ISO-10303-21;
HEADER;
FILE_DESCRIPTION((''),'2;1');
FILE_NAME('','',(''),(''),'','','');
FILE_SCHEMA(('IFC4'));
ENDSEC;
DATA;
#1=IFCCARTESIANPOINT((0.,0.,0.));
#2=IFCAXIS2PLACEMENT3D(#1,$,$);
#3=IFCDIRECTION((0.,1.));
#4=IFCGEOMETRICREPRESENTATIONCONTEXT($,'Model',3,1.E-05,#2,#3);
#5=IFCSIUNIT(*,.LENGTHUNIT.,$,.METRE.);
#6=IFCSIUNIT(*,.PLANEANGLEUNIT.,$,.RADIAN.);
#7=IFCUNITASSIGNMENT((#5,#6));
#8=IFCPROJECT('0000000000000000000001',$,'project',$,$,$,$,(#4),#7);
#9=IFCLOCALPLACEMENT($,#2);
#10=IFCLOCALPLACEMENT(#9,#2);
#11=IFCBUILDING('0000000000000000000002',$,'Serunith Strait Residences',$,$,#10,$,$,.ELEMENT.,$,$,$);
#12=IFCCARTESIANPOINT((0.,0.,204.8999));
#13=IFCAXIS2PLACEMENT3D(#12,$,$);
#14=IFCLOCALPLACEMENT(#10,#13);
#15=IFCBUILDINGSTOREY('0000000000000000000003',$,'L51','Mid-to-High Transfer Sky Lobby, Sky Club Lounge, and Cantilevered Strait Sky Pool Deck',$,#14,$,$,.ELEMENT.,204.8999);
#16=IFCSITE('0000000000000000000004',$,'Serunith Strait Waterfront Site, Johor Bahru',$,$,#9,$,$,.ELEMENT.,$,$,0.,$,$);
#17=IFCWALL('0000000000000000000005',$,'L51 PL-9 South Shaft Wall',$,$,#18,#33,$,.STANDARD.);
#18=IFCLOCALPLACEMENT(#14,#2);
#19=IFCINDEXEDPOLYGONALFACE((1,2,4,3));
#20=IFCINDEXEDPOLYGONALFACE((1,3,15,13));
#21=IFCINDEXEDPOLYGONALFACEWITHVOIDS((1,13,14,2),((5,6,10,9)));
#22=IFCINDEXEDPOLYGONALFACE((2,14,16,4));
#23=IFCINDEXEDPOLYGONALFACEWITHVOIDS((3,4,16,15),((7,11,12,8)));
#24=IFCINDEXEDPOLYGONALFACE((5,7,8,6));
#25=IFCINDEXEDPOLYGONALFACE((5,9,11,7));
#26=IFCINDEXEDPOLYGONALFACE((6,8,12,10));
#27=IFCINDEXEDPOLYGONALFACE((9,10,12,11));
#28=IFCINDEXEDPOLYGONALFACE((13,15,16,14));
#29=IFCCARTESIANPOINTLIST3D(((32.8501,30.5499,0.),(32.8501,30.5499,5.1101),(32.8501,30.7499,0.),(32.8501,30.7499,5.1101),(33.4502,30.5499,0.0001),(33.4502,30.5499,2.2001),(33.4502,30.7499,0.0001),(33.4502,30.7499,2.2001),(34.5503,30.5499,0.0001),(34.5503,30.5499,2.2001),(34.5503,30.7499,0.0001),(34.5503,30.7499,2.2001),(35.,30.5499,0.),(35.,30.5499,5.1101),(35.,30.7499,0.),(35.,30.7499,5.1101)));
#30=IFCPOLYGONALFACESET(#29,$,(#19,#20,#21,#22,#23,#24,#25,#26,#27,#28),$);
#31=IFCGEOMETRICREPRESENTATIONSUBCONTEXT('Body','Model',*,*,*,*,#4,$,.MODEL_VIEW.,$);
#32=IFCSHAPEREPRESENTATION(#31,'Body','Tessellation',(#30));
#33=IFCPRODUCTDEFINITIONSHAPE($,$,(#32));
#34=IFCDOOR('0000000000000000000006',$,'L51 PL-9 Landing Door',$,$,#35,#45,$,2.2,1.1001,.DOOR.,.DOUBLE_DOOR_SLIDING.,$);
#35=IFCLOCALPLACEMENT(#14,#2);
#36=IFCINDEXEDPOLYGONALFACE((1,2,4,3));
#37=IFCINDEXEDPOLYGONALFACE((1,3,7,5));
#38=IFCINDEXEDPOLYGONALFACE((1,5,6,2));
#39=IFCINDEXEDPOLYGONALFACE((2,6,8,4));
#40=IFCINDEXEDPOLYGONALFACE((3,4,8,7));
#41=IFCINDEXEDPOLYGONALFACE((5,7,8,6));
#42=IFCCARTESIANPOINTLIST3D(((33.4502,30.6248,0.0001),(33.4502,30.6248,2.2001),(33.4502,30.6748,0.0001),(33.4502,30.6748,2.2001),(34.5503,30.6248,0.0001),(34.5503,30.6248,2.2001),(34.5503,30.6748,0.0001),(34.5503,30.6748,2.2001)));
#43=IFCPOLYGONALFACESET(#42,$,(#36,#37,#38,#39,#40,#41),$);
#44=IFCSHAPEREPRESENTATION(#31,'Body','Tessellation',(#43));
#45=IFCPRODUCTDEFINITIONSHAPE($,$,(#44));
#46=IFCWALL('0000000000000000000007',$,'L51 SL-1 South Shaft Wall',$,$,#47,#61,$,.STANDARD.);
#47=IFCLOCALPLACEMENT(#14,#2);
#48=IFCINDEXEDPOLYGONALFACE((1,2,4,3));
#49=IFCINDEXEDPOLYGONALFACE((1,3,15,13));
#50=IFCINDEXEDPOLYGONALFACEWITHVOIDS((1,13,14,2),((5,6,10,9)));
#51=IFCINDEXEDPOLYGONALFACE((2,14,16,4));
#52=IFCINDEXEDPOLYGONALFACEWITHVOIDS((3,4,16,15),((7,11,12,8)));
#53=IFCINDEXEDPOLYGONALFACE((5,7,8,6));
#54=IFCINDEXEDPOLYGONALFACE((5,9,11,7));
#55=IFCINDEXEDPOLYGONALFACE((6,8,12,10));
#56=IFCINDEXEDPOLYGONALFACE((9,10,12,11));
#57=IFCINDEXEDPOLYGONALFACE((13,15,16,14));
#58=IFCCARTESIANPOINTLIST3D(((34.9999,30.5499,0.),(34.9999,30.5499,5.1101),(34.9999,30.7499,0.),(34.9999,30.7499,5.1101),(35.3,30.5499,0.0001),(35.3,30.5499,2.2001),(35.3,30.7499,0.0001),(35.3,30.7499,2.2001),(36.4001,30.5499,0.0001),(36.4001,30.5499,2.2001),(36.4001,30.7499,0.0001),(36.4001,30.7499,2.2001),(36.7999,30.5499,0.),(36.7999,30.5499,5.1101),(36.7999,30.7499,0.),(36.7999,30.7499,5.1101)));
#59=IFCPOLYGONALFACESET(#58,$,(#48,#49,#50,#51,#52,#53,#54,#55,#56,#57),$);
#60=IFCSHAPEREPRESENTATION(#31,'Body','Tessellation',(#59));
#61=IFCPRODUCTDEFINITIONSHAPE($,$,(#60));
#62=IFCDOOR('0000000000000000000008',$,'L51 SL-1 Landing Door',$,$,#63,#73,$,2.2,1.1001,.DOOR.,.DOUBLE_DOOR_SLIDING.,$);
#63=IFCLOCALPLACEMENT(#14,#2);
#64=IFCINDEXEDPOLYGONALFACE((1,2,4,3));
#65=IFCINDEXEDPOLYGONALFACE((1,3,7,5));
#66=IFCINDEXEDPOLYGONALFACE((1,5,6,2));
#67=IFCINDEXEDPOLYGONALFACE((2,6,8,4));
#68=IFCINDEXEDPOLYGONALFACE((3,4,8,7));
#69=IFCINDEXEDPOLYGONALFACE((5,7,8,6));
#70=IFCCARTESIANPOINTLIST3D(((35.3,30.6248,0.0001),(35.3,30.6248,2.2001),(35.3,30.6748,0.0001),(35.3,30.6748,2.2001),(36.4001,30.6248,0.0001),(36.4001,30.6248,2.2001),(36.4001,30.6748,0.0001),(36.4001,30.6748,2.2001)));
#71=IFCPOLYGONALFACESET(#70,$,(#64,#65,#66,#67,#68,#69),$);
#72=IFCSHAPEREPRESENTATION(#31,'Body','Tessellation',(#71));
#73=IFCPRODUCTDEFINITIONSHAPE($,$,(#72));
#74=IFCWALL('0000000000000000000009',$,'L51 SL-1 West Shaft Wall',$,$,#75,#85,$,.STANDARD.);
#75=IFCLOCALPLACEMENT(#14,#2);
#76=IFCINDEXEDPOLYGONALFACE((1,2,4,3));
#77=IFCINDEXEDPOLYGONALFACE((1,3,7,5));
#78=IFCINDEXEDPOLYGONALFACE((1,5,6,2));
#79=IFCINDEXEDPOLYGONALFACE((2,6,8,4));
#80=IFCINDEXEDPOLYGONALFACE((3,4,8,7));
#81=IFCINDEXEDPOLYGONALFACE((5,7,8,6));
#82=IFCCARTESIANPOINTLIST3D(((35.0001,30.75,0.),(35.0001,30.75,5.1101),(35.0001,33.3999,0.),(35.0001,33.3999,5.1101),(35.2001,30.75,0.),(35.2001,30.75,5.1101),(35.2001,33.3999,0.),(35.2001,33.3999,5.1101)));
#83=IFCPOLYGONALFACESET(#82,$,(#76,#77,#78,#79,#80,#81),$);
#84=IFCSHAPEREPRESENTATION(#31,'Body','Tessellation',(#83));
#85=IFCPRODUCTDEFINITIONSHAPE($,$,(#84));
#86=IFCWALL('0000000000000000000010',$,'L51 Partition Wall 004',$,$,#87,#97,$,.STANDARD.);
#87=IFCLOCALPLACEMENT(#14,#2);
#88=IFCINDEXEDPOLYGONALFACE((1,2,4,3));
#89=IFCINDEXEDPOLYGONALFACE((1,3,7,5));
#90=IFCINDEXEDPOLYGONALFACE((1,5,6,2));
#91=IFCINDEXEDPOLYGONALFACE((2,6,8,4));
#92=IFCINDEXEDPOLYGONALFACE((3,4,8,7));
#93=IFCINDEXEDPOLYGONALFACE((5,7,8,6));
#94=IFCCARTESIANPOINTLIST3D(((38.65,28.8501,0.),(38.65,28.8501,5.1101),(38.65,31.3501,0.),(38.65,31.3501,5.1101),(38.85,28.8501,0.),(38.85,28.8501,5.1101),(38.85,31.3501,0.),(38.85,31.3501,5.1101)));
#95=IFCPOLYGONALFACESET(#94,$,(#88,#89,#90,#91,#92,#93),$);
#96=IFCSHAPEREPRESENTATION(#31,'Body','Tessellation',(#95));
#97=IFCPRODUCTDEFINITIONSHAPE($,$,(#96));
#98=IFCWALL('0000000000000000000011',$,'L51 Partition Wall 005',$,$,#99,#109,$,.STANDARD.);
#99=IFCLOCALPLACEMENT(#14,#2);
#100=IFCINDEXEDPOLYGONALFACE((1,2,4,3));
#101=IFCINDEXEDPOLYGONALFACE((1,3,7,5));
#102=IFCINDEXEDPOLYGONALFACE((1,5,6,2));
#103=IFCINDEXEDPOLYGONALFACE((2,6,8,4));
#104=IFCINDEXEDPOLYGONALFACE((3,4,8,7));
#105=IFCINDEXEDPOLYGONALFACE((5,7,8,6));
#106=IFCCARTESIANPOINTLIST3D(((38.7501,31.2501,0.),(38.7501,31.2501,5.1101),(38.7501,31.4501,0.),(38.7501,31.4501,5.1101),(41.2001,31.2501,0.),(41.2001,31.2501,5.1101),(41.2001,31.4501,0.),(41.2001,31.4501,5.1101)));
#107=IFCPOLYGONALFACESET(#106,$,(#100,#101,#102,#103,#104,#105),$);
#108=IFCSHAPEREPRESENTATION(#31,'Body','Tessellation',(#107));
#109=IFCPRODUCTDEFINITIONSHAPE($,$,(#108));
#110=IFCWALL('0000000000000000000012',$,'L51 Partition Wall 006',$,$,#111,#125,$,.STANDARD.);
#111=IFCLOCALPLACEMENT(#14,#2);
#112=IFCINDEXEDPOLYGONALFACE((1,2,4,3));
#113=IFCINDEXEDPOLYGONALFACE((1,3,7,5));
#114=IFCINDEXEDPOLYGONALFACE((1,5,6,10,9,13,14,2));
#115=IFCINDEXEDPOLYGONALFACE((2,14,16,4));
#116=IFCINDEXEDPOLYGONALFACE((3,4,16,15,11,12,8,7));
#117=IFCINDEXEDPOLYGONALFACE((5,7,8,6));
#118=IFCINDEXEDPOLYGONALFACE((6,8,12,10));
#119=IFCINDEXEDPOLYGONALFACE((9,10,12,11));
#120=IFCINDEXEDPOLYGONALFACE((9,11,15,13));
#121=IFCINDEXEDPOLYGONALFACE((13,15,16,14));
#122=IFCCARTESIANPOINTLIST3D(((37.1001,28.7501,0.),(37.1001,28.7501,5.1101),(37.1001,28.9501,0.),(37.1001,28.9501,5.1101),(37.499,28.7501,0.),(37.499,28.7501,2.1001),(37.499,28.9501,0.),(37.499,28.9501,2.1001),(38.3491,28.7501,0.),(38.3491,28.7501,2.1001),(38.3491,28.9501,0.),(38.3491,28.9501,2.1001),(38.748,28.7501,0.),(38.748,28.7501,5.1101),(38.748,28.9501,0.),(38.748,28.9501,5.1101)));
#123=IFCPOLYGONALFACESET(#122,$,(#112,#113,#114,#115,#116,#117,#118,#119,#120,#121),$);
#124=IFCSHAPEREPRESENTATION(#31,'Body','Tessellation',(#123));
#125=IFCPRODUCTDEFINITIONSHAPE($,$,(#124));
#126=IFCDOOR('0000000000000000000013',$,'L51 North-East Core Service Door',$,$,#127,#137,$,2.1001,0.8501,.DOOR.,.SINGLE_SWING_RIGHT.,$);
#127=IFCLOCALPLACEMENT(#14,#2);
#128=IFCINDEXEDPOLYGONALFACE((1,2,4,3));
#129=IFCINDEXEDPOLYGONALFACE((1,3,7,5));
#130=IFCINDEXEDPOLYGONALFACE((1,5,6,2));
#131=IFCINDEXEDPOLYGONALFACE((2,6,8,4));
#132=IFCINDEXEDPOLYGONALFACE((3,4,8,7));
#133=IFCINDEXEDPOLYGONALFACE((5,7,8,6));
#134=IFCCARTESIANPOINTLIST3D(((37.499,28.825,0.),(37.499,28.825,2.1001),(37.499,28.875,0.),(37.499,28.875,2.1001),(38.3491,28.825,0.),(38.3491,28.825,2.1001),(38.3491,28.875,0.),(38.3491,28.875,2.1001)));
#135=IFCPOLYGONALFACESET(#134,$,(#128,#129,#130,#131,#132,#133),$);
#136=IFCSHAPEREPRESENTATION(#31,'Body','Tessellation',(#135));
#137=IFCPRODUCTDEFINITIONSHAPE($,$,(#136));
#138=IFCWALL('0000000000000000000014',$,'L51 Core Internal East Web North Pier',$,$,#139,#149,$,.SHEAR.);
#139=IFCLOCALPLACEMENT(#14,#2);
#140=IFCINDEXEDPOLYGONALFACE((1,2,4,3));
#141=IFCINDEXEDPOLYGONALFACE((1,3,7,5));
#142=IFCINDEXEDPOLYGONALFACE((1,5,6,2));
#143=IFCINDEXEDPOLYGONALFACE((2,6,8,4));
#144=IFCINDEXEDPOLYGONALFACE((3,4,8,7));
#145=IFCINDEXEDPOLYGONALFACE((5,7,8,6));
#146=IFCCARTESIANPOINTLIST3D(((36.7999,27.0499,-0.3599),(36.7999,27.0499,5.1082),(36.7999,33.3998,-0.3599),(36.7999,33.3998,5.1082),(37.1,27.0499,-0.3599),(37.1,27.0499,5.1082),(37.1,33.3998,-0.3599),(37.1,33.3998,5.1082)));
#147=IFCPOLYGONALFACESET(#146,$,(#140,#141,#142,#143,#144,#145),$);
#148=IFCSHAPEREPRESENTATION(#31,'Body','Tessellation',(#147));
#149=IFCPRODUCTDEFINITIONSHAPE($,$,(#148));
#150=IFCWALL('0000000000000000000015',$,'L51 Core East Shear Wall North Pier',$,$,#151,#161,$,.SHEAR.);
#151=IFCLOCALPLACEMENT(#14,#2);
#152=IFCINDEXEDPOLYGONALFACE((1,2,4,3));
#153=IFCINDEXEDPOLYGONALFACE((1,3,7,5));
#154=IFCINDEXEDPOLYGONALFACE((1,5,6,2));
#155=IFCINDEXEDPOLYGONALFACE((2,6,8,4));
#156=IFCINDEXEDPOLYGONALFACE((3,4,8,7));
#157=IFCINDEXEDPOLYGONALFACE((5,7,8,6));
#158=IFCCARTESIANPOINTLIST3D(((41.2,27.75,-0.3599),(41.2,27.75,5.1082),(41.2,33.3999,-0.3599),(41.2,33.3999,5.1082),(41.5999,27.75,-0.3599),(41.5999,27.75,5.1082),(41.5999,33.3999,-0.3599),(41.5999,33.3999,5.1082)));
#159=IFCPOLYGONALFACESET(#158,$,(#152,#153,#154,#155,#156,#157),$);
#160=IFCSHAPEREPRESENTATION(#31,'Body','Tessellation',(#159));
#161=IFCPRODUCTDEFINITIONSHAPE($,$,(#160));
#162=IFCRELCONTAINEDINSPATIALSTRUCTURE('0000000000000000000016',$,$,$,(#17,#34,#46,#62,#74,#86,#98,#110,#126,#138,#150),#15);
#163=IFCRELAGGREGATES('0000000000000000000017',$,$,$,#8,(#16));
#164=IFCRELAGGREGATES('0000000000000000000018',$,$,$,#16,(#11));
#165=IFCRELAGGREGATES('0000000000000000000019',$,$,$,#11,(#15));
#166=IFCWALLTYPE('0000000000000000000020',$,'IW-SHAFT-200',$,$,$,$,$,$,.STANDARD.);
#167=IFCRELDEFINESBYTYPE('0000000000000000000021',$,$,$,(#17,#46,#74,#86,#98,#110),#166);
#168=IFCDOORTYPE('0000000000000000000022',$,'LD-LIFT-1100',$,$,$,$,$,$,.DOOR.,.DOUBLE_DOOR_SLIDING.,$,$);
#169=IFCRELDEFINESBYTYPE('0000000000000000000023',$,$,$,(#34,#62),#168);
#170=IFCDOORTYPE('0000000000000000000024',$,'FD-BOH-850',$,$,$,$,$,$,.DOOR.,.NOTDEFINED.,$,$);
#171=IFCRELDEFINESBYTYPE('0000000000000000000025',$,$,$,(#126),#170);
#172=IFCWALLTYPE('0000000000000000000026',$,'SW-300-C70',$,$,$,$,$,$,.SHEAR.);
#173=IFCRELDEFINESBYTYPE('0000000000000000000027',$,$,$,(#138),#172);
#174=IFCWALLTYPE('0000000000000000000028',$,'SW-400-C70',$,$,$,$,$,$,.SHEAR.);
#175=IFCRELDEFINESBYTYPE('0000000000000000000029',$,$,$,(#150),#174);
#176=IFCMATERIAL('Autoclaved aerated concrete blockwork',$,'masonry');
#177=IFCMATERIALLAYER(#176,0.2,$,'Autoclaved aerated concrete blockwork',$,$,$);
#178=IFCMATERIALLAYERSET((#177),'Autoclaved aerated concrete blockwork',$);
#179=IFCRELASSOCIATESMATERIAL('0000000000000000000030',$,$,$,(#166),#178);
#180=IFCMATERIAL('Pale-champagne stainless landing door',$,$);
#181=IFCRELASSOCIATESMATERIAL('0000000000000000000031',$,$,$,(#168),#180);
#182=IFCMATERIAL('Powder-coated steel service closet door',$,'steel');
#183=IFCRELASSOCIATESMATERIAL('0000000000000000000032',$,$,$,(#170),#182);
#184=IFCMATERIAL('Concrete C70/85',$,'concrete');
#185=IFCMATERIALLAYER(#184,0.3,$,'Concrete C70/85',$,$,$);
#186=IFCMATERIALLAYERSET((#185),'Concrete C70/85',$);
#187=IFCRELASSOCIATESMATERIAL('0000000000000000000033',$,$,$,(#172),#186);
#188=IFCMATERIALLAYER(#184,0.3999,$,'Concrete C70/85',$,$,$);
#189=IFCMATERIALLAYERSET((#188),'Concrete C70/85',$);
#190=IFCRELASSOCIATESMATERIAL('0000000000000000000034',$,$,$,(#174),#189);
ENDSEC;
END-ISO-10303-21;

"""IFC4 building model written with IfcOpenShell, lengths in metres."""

from ifc_helpers import new_model, si_unit, direction, frame, frame_2d, origin, place, context, subcontext, project, spatial, rectangle, extrude, source, transform, mapped, material, layer, layer_set, type_object, element, fill, save


model = new_model("IFC4")

# Units and contexts
model_context = context("Model", 3, precision=1e-05, world=origin(), true_north=direction((0.0, 1.0)))
body_context = subcontext(model_context, "Body", "Model", "MODEL_VIEW")
ifc_project = project(units=[si_unit("LENGTHUNIT", "METRE"), si_unit("PLANEANGLEUNIT", "RADIAN")], contexts=[model_context])

# Site, building, storey
site_placement = place(None, origin())
site = spatial("IfcSite", under=ifc_project, at=site_placement, Name="Serunith Strait Waterfront Site, Johor Bahru", CompositionType="ELEMENT", RefElevation=0.0)
building_placement = place(site_placement, origin())
building = spatial("IfcBuilding", under=site, at=building_placement, Name="Serunith Strait Residences", CompositionType="ELEMENT")
storey_placement = place(building_placement, frame((0.0, 0.0, 204.8999)))
storey = spatial("IfcBuildingStorey", under=building, at=storey_placement, Name="L51", Description="Mid-to-High Transfer Sky Lobby, Sky Club Lounge, and Cantilevered Strait Sky Pool Deck", CompositionType="ELEMENT", Elevation=204.8999)

# Shared definitions
ifc_material_1 = material(Name="Autoclaved aerated concrete blockwork", Category="masonry")
ifc_layer_1 = layer(ifc_material_1, 0.2, Name="Autoclaved aerated concrete blockwork")
ifc_layer_set_1 = layer_set([ifc_layer_1], Name="Autoclaved aerated concrete blockwork")
wall_type_1 = type_object("IfcWallType", Name="IW-SHAFT-200", PredefinedType="STANDARD", material=ifc_layer_set_1)
ifc_material_2 = material(Name="Pale-champagne stainless landing door")
door_type_1 = type_object("IfcDoorType", Name="LD-LIFT-1100", OperationType="DOUBLE_DOOR_SLIDING", PredefinedType="DOOR", material=ifc_material_2)
shared_shape_1 = source(origin(), body_context, "Body", "SweptSolid", [
    extrude(rectangle(XDim=1.1001, YDim=2.2, at=frame_2d((0.55, 1.1001))), frame((0.0, 0.0249, 0.0), z_axis=(0.0, -1.0, 0.0), x_axis=(1.0, 0.0, 0.0)), (0.0, 0.0, 1.0), 0.05),
])

# Walls, openings, doors
wall_1_placement = place(storey_placement, frame((32.8501, 30.6499, 0.0), z_axis=(0.0, 0.0, 1.0), x_axis=(1.0, 0.0, 0.0)))
wall_1 = element("IfcWall", 1, at=wall_1_placement, inside=storey, type_object=wall_type_1, Name="L51 PL-9 South Shaft Wall", PredefinedType="STANDARD", context=body_context, shape_type="SweptSolid", body=[
    extrude(rectangle(XDim=2.1499, YDim=0.2, at=frame_2d((1.075, 0.0))), origin(), (0.0, 0.0, 1.0), 5.1101),
])
opening_1_placement = place(wall_1_placement, frame((0.6001, 0.0, 0.0)))
opening_1 = element("IfcOpeningElement", 2, at=opening_1_placement, cuts=wall_1, PredefinedType="OPENING", context=body_context, shape_type="SweptSolid", body=[
    extrude(rectangle(XDim=1.1001, YDim=2.2, at=frame_2d((0.55, 1.1001))), frame((0.0, 0.1099, 0.0), z_axis=(0.0, -1.0, 0.0), x_axis=(1.0, 0.0, 0.0)), (0.0, 0.0, 1.0), 0.22),
])
door_1_placement = place(opening_1_placement, origin())
door_1 = element("IfcDoor", 3, at=door_1_placement, inside=storey, type_object=door_type_1, Name="L51 PL-9 Landing Door", OperationType="DOUBLE_DOOR_SLIDING", OverallHeight=2.2, OverallWidth=1.1001, PredefinedType="DOOR", context=body_context, shape_type="MappedRepresentation", body=[
    mapped(shared_shape_1, transform((0.0, 0.0, 0.0), scale=1.0)),
])
fill(opening_1, door_1)
wall_2_placement = place(storey_placement, frame((35.0, 30.6499, 0.0), z_axis=(0.0, 0.0, 1.0), x_axis=(1.0, 0.0, 0.0)))
wall_2 = element("IfcWall", 4, at=wall_2_placement, inside=storey, type_object=wall_type_1, Name="L51 SL-1 South Shaft Wall", PredefinedType="STANDARD", context=body_context, shape_type="SweptSolid", body=[
    extrude(rectangle(XDim=1.8, YDim=0.2, at=frame_2d((0.8999, 0.0))), origin(), (0.0, 0.0, 1.0), 5.1101),
])
opening_2_placement = place(wall_2_placement, frame((0.3, 0.0, 0.0)))
opening_2 = element("IfcOpeningElement", 5, at=opening_2_placement, cuts=wall_2, PredefinedType="OPENING", context=body_context, shape_type="SweptSolid", body=[
    extrude(rectangle(XDim=1.1001, YDim=2.2, at=frame_2d((0.55, 1.1001))), frame((0.0, 0.1099, 0.0), z_axis=(0.0, -1.0, 0.0), x_axis=(1.0, 0.0, 0.0)), (0.0, 0.0, 1.0), 0.22),
])
door_2_placement = place(opening_2_placement, origin())
door_2 = element("IfcDoor", 6, at=door_2_placement, inside=storey, type_object=door_type_1, Name="L51 SL-1 Landing Door", OperationType="DOUBLE_DOOR_SLIDING", OverallHeight=2.2, OverallWidth=1.1001, PredefinedType="DOOR", context=body_context, shape_type="MappedRepresentation", body=[
    mapped(shared_shape_1, transform((0.0, 0.0, 0.0), scale=1.0)),
])
fill(opening_2, door_2)

# Walls
wall_3_placement = place(storey_placement, frame((35.1001, 30.75, 0.0), z_axis=(0.0, 0.0, 1.0), x_axis=(0.0, 1.0, 0.0)))
element("IfcWall", 7, at=wall_3_placement, inside=storey, type_object=wall_type_1, Name="L51 SL-1 West Shaft Wall", PredefinedType="STANDARD", context=body_context, shape_type="SweptSolid", body=[
    extrude(rectangle(XDim=2.6499, YDim=0.2, at=frame_2d((1.325, 0.0))), origin(), (0.0, 0.0, 1.0), 5.1101),
])
wall_4_placement = place(storey_placement, frame((38.75, 28.8501, 0.0), z_axis=(0.0, 0.0, 1.0), x_axis=(0.0, 1.0, 0.0)))
element("IfcWall", 8, at=wall_4_placement, inside=storey, type_object=wall_type_1, Name="L51 Partition Wall 004", PredefinedType="STANDARD", context=body_context, shape_type="SweptSolid", body=[
    extrude(rectangle(XDim=2.5, YDim=0.2, at=frame_2d((1.25, 0.0))), origin(), (0.0, 0.0, 1.0), 5.1101),
])
wall_5_placement = place(storey_placement, frame((38.75, 31.3501, 0.0), z_axis=(0.0, 0.0, 1.0), x_axis=(1.0, 0.0, 0.0)))
element("IfcWall", 9, at=wall_5_placement, inside=storey, type_object=wall_type_1, Name="L51 Partition Wall 005", PredefinedType="STANDARD", context=body_context, shape_type="SweptSolid", body=[
    extrude(rectangle(XDim=2.45, YDim=0.2, at=frame_2d((1.2251, 0.0))), origin(), (0.0, 0.0, 1.0), 5.1101),
])

# Wall, opening, door
wall_6_placement = place(storey_placement, frame((37.1001, 28.8501, 0.0), z_axis=(0.0, 0.0, 1.0), x_axis=(1.0, 0.0, 0.0)))
wall_6 = element("IfcWall", 10, at=wall_6_placement, inside=storey, type_object=wall_type_1, Name="L51 Partition Wall 006", PredefinedType="STANDARD", context=body_context, shape_type="SweptSolid", body=[
    extrude(rectangle(XDim=1.6479, YDim=0.2, at=frame_2d((0.824, 0.0))), origin(), (0.0, 0.0, 1.0), 5.1101),
])
opening_3_placement = place(wall_6_placement, frame((0.3989, 0.0, 0.0)))
opening_3 = element("IfcOpeningElement", 11, at=opening_3_placement, cuts=wall_6, PredefinedType="OPENING", context=body_context, shape_type="SweptSolid", body=[
    extrude(rectangle(XDim=0.8501, YDim=2.1001, at=frame_2d((0.425, 1.05))), frame((0.0, 0.1099, 0.0), z_axis=(0.0, -1.0, 0.0), x_axis=(1.0, 0.0, 0.0)), (0.0, 0.0, 1.0), 0.22),
])
ifc_material_3 = material(Name="Powder-coated steel service closet door", Category="steel")
door_type_2 = type_object("IfcDoorType", Name="FD-BOH-850", OperationType="NOTDEFINED", PredefinedType="DOOR", material=ifc_material_3)
shared_shape_2 = source(origin(), body_context, "Body", "SweptSolid", [
    extrude(rectangle(XDim=0.8501, YDim=2.1001, at=frame_2d((0.425, 1.05))), frame((0.0, 0.0249, 0.0), z_axis=(0.0, -1.0, 0.0), x_axis=(1.0, 0.0, 0.0)), (0.0, 0.0, 1.0), 0.05),
])
door_3_placement = place(opening_3_placement, origin())
door_3 = element("IfcDoor", 12, at=door_3_placement, inside=storey, type_object=door_type_2, Name="L51 North-East Core Service Door", OperationType="SINGLE_SWING_RIGHT", OverallHeight=2.1001, OverallWidth=0.8501, PredefinedType="DOOR", context=body_context, shape_type="MappedRepresentation", body=[
    mapped(shared_shape_2, transform((0.0, 0.0, 0.0), scale=1.0)),
])
fill(opening_3, door_3)

# Walls
ifc_material_4 = material(Name="Concrete C70/85", Category="concrete")
ifc_layer_2 = layer(ifc_material_4, 0.3, Name="Concrete C70/85")
ifc_layer_set_2 = layer_set([ifc_layer_2], Name="Concrete C70/85")
wall_type_2 = type_object("IfcWallType", Name="SW-300-C70", PredefinedType="SHEAR", material=ifc_layer_set_2)
wall_7_placement = place(storey_placement, frame((36.95, 27.05, -0.3599), z_axis=(0.0, 0.0, 1.0), x_axis=(0.0, 1.0, 0.0)))
element("IfcWall", 13, at=wall_7_placement, inside=storey, type_object=wall_type_2, Name="L51 Core Internal East Web North Pier", PredefinedType="SHEAR", context=body_context, shape_type="SweptSolid", body=[
    extrude(rectangle(XDim=6.3499, YDim=0.3, at=frame_2d((3.1748, 0.0))), origin(), (0.0, 0.0, 1.0), 5.468),
])
ifc_layer_3 = layer(ifc_material_4, 0.3999, Name="Concrete C70/85")
ifc_layer_set_3 = layer_set([ifc_layer_3], Name="Concrete C70/85")
wall_type_3 = type_object("IfcWallType", Name="SW-400-C70", PredefinedType="SHEAR", material=ifc_layer_set_3)
wall_8_placement = place(storey_placement, frame((41.3999, 27.75, -0.3599), z_axis=(0.0, 0.0, 1.0), x_axis=(0.0, 1.0, 0.0)))
element("IfcWall", 14, at=wall_8_placement, inside=storey, type_object=wall_type_3, Name="L51 Core East Shear Wall North Pier", PredefinedType="SHEAR", context=body_context, shape_type="SweptSolid", body=[
    extrude(rectangle(XDim=5.6499, YDim=0.3999, at=frame_2d((2.825, 0.0))), origin(), (0.0, 0.0, 1.0), 5.468),
])

save(model, "model.ifc")
